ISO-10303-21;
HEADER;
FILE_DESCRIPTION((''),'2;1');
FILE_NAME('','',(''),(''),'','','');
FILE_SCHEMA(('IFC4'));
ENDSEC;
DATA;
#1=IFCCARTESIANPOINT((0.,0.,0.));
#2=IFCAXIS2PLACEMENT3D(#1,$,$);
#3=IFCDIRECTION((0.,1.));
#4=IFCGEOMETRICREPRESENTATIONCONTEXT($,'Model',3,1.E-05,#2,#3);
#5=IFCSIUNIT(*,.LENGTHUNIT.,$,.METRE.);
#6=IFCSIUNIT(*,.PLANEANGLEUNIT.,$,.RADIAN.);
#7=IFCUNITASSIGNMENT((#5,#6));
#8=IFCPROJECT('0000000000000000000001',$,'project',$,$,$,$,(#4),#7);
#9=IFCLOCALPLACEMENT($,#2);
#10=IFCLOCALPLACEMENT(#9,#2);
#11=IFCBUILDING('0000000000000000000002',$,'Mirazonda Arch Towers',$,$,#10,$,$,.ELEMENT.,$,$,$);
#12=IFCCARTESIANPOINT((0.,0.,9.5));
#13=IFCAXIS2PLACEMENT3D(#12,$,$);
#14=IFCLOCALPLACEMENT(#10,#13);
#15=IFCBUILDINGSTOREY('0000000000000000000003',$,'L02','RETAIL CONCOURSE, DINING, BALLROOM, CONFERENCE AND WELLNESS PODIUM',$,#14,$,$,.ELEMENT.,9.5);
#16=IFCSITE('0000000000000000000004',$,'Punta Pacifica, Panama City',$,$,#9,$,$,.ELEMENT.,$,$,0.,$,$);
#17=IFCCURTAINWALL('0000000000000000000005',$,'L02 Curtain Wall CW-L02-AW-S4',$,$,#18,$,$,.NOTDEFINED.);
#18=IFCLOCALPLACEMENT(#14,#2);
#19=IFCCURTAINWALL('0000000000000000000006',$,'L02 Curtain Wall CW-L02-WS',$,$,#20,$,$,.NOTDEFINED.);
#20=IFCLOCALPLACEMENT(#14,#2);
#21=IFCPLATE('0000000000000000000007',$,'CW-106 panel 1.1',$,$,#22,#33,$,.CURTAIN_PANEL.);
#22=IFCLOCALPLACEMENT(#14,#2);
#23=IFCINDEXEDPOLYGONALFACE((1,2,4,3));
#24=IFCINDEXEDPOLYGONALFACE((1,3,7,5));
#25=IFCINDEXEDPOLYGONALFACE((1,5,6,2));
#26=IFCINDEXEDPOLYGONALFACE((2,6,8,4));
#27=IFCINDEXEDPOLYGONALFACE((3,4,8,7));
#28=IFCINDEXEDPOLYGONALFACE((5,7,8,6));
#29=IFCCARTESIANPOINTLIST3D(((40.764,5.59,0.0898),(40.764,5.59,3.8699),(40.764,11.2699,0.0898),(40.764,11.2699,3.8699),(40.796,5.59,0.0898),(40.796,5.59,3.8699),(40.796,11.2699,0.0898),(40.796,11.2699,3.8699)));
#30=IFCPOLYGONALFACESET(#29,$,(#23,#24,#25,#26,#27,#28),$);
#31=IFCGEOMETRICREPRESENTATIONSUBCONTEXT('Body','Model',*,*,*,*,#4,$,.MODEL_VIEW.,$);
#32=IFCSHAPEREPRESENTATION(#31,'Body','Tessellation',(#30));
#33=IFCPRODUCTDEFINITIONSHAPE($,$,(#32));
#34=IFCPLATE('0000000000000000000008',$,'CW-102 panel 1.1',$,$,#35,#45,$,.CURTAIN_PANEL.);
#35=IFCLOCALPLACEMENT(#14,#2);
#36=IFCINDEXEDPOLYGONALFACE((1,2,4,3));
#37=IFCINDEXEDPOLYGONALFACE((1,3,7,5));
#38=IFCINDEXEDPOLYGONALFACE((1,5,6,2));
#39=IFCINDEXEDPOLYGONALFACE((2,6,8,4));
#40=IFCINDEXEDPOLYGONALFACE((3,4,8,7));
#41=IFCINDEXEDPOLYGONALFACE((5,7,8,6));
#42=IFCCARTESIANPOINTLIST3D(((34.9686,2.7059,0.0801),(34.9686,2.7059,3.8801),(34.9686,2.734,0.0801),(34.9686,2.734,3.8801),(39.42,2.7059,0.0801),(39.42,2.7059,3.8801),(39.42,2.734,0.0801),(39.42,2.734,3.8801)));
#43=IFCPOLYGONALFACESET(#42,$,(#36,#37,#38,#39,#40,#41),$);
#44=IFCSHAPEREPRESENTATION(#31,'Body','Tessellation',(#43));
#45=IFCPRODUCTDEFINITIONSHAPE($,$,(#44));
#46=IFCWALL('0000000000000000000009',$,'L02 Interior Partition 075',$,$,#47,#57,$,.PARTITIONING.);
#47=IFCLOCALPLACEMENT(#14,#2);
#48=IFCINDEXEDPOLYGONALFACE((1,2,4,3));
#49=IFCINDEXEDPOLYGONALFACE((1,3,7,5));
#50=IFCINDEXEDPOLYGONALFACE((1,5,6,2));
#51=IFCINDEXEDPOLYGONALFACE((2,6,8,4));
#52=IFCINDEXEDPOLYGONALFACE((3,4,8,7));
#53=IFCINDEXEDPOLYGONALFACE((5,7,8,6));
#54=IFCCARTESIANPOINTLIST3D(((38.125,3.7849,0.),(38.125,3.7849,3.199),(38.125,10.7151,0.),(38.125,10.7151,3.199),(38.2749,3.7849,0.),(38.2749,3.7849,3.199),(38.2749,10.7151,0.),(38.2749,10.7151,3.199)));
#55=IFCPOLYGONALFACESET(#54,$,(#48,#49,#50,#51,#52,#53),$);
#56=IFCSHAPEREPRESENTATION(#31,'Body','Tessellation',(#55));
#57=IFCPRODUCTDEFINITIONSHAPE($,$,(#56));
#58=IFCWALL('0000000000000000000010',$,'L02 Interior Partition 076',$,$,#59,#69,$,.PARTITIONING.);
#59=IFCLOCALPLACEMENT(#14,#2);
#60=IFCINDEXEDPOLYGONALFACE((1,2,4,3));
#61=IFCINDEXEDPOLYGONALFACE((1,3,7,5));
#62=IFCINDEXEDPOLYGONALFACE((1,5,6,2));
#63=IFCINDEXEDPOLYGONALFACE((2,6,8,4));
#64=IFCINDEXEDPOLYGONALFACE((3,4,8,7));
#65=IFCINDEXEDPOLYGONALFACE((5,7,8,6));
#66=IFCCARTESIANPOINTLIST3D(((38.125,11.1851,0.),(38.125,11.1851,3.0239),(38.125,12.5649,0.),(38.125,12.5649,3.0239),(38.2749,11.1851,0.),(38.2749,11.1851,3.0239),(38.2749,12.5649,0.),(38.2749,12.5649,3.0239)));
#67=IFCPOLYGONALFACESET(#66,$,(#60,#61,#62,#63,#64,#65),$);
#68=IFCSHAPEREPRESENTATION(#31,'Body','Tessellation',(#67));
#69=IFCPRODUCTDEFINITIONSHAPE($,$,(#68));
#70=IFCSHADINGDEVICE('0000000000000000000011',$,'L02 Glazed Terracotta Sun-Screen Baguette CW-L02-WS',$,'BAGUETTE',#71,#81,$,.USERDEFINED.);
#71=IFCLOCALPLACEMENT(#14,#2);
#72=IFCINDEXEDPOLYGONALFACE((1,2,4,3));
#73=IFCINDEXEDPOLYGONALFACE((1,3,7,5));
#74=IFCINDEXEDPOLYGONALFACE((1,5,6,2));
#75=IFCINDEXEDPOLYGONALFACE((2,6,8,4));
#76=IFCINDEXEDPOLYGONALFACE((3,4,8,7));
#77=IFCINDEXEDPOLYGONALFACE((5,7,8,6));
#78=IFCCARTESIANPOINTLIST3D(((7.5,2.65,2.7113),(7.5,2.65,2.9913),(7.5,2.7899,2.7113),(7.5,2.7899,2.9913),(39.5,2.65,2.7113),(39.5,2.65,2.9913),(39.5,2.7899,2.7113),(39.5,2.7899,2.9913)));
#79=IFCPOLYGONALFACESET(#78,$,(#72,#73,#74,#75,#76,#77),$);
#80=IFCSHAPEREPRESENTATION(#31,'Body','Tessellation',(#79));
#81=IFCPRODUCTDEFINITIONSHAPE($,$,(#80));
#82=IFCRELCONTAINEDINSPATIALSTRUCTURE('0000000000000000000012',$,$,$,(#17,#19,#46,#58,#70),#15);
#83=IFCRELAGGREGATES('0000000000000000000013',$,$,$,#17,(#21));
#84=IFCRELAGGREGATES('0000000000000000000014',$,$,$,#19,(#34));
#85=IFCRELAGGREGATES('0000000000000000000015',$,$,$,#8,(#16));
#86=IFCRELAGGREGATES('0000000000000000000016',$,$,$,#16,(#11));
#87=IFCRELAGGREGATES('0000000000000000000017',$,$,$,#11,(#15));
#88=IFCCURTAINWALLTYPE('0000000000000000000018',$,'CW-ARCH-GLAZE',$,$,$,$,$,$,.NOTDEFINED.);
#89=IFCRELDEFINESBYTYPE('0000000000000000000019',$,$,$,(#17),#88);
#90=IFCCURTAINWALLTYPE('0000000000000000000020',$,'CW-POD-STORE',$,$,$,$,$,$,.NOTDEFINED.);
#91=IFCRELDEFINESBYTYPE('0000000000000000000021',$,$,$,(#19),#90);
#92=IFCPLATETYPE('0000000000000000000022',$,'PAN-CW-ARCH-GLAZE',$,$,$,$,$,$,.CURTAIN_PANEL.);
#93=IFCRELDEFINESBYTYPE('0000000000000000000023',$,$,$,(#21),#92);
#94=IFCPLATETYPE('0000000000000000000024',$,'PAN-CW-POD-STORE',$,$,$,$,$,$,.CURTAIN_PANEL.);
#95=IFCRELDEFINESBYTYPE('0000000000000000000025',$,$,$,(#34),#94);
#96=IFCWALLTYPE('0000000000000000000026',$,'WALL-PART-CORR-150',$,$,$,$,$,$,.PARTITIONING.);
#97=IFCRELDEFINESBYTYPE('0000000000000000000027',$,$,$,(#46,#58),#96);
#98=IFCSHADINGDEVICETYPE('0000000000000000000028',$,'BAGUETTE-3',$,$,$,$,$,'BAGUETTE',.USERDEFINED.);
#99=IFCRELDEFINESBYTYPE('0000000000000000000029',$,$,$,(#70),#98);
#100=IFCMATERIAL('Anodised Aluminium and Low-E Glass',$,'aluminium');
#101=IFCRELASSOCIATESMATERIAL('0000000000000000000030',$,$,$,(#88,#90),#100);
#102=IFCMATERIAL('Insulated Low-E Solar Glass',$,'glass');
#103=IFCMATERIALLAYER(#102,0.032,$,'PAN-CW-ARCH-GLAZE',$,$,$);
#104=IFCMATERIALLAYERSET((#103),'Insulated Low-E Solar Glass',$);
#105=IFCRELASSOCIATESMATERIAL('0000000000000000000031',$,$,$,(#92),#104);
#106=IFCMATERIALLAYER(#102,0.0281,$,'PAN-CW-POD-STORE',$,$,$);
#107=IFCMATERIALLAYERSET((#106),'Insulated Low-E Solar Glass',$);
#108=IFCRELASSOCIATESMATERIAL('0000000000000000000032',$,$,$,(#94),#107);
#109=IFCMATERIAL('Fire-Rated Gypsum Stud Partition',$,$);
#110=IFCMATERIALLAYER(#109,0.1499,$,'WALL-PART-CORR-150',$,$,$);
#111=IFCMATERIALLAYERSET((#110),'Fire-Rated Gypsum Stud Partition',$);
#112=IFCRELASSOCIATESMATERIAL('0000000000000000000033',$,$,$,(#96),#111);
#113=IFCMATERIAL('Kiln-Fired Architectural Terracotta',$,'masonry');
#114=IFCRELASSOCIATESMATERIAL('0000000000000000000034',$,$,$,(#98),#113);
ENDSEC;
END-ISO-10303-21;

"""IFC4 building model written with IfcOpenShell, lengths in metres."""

from ifc_helpers import new_model, si_unit, direction, frame, frame_2d, origin, origin_2d, place, context, subcontext, project, spatial, rectangle, extrude, material, layer, layer_set, material_profile, profile_set, type_object, element, aggregate, save


model = new_model("IFC4")

# Units and contexts
model_context = context("Model", 3, precision=1e-05, world=origin(), true_north=direction((0.0, 1.0)))
body_context = subcontext(model_context, "Body", "Model", "MODEL_VIEW")
ifc_project = project(units=[si_unit("LENGTHUNIT", "METRE"), si_unit("PLANEANGLEUNIT", "RADIAN")], contexts=[model_context])

# Site, building, storey
site_placement = place(None, origin())
site = spatial("IfcSite", under=ifc_project, at=site_placement, Name="Punta Pacifica, Panama City", CompositionType="ELEMENT", RefElevation=0.0)
building_placement = place(site_placement, origin())
building = spatial("IfcBuilding", under=site, at=building_placement, Name="Mirazonda Arch Towers", CompositionType="ELEMENT")
storey_placement = place(building_placement, frame((0.0, 0.0, 9.5)))
storey = spatial("IfcBuildingStorey", under=building, at=storey_placement, Name="L02", Description="RETAIL CONCOURSE, DINING, BALLROOM, CONFERENCE AND WELLNESS PODIUM", CompositionType="ELEMENT", Elevation=9.5)

# Curtain walls
ifc_material_1 = material(Name="Anodised Aluminium and Low-E Glass", Category="aluminium")
curtain_wall_type_1 = type_object("IfcCurtainWallType", Name="CW-ARCH-GLAZE", PredefinedType="NOTDEFINED", material=ifc_material_1)
curtain_wall_1_placement = place(storey_placement, origin())
curtain_wall_1 = element("IfcCurtainWall", 1, at=curtain_wall_1_placement, inside=storey, type_object=curtain_wall_type_1, Name="L02 Curtain Wall CW-L02-AW-S4", PredefinedType="NOTDEFINED")
curtain_wall_type_2 = type_object("IfcCurtainWallType", Name="CW-POD-STORE", PredefinedType="NOTDEFINED", material=ifc_material_1)
curtain_wall_2_placement = place(storey_placement, origin())
curtain_wall_2 = element("IfcCurtainWall", 2, at=curtain_wall_2_placement, inside=storey, type_object=curtain_wall_type_2, Name="L02 Curtain Wall CW-L02-WS", PredefinedType="NOTDEFINED")

# Plates
ifc_material_2 = material(Name="Insulated Low-E Solar Glass", Category="glass")
ifc_layer_1 = layer(ifc_material_2, 0.032, Name="PAN-CW-ARCH-GLAZE")
ifc_layer_set_1 = layer_set([ifc_layer_1], Name="Insulated Low-E Solar Glass")
plate_type_1 = type_object("IfcPlateType", Name="PAN-CW-ARCH-GLAZE", PredefinedType="CURTAIN_PANEL", material=ifc_layer_set_1)
plate_1_placement = place(storey_placement, frame((40.78, 8.4299, 0.0898), z_axis=(0.0, 0.0, 1.0), x_axis=(0.0, -1.0, 0.0)))
plate_1 = element("IfcPlate", 3, at=plate_1_placement, type_object=plate_type_1, Name="CW-106 panel 1.1", PredefinedType="CURTAIN_PANEL", context=body_context, shape_type="SweptSolid", body=[
    extrude(rectangle(XDim=5.6799, YDim=0.032, at=origin_2d()), origin(), (0.0, 0.0, 1.0), 3.78),
])
aggregate(curtain_wall_1, [plate_1])
ifc_layer_2 = layer(ifc_material_2, 0.0281, Name="PAN-CW-POD-STORE")
ifc_layer_set_2 = layer_set([ifc_layer_2], Name="Insulated Low-E Solar Glass")
plate_type_2 = type_object("IfcPlateType", Name="PAN-CW-POD-STORE", PredefinedType="CURTAIN_PANEL", material=ifc_layer_set_2)
plate_2_placement = place(storey_placement, frame((37.1943, 2.72, 0.0801), z_axis=(0.0, 0.0, 1.0), x_axis=(-1.0, 0.0, 0.0)))
plate_2 = element("IfcPlate", 4, at=plate_2_placement, type_object=plate_type_2, Name="CW-102 panel 1.1", PredefinedType="CURTAIN_PANEL", context=body_context, shape_type="SweptSolid", body=[
    extrude(rectangle(XDim=4.4514, YDim=0.0281, at=origin_2d()), origin(), (0.0, 0.0, 1.0), 3.8),
])
aggregate(curtain_wall_2, [plate_2])

# Walls
ifc_material_3 = material(Name="Fire-Rated Gypsum Stud Partition")
ifc_layer_3 = layer(ifc_material_3, 0.1499, Name="WALL-PART-CORR-150")
ifc_layer_set_3 = layer_set([ifc_layer_3], Name="Fire-Rated Gypsum Stud Partition")
wall_type = type_object("IfcWallType", Name="WALL-PART-CORR-150", PredefinedType="PARTITIONING", material=ifc_layer_set_3)
wall_1_placement = place(storey_placement, frame((38.2, 3.7849, 0.0), z_axis=(0.0, 0.0, 1.0), x_axis=(0.0, 1.0, 0.0)))
element("IfcWall", 5, at=wall_1_placement, inside=storey, type_object=wall_type, Name="L02 Interior Partition 075", PredefinedType="PARTITIONING", context=body_context, shape_type="SweptSolid", body=[
    extrude(rectangle(XDim=6.9302, YDim=0.1499, at=frame_2d((3.4651, 0.0))), origin(), (0.0, 0.0, 1.0), 3.199),
])
wall_2_placement = place(storey_placement, frame((38.2, 11.1851, 0.0), z_axis=(0.0, 0.0, 1.0), x_axis=(0.0, 1.0, 0.0)))
element("IfcWall", 6, at=wall_2_placement, inside=storey, type_object=wall_type, Name="L02 Interior Partition 076", PredefinedType="PARTITIONING", context=body_context, shape_type="SweptSolid", body=[
    extrude(rectangle(XDim=1.3799, YDim=0.1499, at=frame_2d((0.6899, 0.0))), origin(), (0.0, 0.0, 1.0), 3.0239),
])

# Shading device
ifc_material_4 = material(Name="Kiln-Fired Architectural Terracotta", Category="masonry")
ifc_material_profile_1 = material_profile(ifc_material_4, rectangle(XDim=0.1399, YDim=0.28, at=origin_2d()), Name="TERRA-BAG-140x280")
ifc_profile_set_1 = profile_set([ifc_material_profile_1], Name="Kiln-Fired Architectural Terracotta")
shading_device_type = type_object("IfcShadingDeviceType", Name="BAGUETTE-3", ElementType="BAGUETTE", PredefinedType="USERDEFINED", material=ifc_profile_set_1)
shading_device_placement = place(storey_placement, frame((39.5, 2.72, 2.8513), z_axis=(-1.0, 0.0, 0.0), x_axis=(0.0, -1.0, 0.0)))
element("IfcShadingDevice", 7, at=shading_device_placement, inside=storey, type_object=shading_device_type, Name="L02 Glazed Terracotta Sun-Screen Baguette CW-L02-WS", ObjectType="BAGUETTE", PredefinedType="USERDEFINED", context=body_context, shape_type="SweptSolid", body=[
    extrude(rectangle(XDim=0.1399, YDim=0.28, at=origin_2d()), origin(), (0.0, 0.0, 1.0), 32.0),
])

save(model, "model.ifc")
